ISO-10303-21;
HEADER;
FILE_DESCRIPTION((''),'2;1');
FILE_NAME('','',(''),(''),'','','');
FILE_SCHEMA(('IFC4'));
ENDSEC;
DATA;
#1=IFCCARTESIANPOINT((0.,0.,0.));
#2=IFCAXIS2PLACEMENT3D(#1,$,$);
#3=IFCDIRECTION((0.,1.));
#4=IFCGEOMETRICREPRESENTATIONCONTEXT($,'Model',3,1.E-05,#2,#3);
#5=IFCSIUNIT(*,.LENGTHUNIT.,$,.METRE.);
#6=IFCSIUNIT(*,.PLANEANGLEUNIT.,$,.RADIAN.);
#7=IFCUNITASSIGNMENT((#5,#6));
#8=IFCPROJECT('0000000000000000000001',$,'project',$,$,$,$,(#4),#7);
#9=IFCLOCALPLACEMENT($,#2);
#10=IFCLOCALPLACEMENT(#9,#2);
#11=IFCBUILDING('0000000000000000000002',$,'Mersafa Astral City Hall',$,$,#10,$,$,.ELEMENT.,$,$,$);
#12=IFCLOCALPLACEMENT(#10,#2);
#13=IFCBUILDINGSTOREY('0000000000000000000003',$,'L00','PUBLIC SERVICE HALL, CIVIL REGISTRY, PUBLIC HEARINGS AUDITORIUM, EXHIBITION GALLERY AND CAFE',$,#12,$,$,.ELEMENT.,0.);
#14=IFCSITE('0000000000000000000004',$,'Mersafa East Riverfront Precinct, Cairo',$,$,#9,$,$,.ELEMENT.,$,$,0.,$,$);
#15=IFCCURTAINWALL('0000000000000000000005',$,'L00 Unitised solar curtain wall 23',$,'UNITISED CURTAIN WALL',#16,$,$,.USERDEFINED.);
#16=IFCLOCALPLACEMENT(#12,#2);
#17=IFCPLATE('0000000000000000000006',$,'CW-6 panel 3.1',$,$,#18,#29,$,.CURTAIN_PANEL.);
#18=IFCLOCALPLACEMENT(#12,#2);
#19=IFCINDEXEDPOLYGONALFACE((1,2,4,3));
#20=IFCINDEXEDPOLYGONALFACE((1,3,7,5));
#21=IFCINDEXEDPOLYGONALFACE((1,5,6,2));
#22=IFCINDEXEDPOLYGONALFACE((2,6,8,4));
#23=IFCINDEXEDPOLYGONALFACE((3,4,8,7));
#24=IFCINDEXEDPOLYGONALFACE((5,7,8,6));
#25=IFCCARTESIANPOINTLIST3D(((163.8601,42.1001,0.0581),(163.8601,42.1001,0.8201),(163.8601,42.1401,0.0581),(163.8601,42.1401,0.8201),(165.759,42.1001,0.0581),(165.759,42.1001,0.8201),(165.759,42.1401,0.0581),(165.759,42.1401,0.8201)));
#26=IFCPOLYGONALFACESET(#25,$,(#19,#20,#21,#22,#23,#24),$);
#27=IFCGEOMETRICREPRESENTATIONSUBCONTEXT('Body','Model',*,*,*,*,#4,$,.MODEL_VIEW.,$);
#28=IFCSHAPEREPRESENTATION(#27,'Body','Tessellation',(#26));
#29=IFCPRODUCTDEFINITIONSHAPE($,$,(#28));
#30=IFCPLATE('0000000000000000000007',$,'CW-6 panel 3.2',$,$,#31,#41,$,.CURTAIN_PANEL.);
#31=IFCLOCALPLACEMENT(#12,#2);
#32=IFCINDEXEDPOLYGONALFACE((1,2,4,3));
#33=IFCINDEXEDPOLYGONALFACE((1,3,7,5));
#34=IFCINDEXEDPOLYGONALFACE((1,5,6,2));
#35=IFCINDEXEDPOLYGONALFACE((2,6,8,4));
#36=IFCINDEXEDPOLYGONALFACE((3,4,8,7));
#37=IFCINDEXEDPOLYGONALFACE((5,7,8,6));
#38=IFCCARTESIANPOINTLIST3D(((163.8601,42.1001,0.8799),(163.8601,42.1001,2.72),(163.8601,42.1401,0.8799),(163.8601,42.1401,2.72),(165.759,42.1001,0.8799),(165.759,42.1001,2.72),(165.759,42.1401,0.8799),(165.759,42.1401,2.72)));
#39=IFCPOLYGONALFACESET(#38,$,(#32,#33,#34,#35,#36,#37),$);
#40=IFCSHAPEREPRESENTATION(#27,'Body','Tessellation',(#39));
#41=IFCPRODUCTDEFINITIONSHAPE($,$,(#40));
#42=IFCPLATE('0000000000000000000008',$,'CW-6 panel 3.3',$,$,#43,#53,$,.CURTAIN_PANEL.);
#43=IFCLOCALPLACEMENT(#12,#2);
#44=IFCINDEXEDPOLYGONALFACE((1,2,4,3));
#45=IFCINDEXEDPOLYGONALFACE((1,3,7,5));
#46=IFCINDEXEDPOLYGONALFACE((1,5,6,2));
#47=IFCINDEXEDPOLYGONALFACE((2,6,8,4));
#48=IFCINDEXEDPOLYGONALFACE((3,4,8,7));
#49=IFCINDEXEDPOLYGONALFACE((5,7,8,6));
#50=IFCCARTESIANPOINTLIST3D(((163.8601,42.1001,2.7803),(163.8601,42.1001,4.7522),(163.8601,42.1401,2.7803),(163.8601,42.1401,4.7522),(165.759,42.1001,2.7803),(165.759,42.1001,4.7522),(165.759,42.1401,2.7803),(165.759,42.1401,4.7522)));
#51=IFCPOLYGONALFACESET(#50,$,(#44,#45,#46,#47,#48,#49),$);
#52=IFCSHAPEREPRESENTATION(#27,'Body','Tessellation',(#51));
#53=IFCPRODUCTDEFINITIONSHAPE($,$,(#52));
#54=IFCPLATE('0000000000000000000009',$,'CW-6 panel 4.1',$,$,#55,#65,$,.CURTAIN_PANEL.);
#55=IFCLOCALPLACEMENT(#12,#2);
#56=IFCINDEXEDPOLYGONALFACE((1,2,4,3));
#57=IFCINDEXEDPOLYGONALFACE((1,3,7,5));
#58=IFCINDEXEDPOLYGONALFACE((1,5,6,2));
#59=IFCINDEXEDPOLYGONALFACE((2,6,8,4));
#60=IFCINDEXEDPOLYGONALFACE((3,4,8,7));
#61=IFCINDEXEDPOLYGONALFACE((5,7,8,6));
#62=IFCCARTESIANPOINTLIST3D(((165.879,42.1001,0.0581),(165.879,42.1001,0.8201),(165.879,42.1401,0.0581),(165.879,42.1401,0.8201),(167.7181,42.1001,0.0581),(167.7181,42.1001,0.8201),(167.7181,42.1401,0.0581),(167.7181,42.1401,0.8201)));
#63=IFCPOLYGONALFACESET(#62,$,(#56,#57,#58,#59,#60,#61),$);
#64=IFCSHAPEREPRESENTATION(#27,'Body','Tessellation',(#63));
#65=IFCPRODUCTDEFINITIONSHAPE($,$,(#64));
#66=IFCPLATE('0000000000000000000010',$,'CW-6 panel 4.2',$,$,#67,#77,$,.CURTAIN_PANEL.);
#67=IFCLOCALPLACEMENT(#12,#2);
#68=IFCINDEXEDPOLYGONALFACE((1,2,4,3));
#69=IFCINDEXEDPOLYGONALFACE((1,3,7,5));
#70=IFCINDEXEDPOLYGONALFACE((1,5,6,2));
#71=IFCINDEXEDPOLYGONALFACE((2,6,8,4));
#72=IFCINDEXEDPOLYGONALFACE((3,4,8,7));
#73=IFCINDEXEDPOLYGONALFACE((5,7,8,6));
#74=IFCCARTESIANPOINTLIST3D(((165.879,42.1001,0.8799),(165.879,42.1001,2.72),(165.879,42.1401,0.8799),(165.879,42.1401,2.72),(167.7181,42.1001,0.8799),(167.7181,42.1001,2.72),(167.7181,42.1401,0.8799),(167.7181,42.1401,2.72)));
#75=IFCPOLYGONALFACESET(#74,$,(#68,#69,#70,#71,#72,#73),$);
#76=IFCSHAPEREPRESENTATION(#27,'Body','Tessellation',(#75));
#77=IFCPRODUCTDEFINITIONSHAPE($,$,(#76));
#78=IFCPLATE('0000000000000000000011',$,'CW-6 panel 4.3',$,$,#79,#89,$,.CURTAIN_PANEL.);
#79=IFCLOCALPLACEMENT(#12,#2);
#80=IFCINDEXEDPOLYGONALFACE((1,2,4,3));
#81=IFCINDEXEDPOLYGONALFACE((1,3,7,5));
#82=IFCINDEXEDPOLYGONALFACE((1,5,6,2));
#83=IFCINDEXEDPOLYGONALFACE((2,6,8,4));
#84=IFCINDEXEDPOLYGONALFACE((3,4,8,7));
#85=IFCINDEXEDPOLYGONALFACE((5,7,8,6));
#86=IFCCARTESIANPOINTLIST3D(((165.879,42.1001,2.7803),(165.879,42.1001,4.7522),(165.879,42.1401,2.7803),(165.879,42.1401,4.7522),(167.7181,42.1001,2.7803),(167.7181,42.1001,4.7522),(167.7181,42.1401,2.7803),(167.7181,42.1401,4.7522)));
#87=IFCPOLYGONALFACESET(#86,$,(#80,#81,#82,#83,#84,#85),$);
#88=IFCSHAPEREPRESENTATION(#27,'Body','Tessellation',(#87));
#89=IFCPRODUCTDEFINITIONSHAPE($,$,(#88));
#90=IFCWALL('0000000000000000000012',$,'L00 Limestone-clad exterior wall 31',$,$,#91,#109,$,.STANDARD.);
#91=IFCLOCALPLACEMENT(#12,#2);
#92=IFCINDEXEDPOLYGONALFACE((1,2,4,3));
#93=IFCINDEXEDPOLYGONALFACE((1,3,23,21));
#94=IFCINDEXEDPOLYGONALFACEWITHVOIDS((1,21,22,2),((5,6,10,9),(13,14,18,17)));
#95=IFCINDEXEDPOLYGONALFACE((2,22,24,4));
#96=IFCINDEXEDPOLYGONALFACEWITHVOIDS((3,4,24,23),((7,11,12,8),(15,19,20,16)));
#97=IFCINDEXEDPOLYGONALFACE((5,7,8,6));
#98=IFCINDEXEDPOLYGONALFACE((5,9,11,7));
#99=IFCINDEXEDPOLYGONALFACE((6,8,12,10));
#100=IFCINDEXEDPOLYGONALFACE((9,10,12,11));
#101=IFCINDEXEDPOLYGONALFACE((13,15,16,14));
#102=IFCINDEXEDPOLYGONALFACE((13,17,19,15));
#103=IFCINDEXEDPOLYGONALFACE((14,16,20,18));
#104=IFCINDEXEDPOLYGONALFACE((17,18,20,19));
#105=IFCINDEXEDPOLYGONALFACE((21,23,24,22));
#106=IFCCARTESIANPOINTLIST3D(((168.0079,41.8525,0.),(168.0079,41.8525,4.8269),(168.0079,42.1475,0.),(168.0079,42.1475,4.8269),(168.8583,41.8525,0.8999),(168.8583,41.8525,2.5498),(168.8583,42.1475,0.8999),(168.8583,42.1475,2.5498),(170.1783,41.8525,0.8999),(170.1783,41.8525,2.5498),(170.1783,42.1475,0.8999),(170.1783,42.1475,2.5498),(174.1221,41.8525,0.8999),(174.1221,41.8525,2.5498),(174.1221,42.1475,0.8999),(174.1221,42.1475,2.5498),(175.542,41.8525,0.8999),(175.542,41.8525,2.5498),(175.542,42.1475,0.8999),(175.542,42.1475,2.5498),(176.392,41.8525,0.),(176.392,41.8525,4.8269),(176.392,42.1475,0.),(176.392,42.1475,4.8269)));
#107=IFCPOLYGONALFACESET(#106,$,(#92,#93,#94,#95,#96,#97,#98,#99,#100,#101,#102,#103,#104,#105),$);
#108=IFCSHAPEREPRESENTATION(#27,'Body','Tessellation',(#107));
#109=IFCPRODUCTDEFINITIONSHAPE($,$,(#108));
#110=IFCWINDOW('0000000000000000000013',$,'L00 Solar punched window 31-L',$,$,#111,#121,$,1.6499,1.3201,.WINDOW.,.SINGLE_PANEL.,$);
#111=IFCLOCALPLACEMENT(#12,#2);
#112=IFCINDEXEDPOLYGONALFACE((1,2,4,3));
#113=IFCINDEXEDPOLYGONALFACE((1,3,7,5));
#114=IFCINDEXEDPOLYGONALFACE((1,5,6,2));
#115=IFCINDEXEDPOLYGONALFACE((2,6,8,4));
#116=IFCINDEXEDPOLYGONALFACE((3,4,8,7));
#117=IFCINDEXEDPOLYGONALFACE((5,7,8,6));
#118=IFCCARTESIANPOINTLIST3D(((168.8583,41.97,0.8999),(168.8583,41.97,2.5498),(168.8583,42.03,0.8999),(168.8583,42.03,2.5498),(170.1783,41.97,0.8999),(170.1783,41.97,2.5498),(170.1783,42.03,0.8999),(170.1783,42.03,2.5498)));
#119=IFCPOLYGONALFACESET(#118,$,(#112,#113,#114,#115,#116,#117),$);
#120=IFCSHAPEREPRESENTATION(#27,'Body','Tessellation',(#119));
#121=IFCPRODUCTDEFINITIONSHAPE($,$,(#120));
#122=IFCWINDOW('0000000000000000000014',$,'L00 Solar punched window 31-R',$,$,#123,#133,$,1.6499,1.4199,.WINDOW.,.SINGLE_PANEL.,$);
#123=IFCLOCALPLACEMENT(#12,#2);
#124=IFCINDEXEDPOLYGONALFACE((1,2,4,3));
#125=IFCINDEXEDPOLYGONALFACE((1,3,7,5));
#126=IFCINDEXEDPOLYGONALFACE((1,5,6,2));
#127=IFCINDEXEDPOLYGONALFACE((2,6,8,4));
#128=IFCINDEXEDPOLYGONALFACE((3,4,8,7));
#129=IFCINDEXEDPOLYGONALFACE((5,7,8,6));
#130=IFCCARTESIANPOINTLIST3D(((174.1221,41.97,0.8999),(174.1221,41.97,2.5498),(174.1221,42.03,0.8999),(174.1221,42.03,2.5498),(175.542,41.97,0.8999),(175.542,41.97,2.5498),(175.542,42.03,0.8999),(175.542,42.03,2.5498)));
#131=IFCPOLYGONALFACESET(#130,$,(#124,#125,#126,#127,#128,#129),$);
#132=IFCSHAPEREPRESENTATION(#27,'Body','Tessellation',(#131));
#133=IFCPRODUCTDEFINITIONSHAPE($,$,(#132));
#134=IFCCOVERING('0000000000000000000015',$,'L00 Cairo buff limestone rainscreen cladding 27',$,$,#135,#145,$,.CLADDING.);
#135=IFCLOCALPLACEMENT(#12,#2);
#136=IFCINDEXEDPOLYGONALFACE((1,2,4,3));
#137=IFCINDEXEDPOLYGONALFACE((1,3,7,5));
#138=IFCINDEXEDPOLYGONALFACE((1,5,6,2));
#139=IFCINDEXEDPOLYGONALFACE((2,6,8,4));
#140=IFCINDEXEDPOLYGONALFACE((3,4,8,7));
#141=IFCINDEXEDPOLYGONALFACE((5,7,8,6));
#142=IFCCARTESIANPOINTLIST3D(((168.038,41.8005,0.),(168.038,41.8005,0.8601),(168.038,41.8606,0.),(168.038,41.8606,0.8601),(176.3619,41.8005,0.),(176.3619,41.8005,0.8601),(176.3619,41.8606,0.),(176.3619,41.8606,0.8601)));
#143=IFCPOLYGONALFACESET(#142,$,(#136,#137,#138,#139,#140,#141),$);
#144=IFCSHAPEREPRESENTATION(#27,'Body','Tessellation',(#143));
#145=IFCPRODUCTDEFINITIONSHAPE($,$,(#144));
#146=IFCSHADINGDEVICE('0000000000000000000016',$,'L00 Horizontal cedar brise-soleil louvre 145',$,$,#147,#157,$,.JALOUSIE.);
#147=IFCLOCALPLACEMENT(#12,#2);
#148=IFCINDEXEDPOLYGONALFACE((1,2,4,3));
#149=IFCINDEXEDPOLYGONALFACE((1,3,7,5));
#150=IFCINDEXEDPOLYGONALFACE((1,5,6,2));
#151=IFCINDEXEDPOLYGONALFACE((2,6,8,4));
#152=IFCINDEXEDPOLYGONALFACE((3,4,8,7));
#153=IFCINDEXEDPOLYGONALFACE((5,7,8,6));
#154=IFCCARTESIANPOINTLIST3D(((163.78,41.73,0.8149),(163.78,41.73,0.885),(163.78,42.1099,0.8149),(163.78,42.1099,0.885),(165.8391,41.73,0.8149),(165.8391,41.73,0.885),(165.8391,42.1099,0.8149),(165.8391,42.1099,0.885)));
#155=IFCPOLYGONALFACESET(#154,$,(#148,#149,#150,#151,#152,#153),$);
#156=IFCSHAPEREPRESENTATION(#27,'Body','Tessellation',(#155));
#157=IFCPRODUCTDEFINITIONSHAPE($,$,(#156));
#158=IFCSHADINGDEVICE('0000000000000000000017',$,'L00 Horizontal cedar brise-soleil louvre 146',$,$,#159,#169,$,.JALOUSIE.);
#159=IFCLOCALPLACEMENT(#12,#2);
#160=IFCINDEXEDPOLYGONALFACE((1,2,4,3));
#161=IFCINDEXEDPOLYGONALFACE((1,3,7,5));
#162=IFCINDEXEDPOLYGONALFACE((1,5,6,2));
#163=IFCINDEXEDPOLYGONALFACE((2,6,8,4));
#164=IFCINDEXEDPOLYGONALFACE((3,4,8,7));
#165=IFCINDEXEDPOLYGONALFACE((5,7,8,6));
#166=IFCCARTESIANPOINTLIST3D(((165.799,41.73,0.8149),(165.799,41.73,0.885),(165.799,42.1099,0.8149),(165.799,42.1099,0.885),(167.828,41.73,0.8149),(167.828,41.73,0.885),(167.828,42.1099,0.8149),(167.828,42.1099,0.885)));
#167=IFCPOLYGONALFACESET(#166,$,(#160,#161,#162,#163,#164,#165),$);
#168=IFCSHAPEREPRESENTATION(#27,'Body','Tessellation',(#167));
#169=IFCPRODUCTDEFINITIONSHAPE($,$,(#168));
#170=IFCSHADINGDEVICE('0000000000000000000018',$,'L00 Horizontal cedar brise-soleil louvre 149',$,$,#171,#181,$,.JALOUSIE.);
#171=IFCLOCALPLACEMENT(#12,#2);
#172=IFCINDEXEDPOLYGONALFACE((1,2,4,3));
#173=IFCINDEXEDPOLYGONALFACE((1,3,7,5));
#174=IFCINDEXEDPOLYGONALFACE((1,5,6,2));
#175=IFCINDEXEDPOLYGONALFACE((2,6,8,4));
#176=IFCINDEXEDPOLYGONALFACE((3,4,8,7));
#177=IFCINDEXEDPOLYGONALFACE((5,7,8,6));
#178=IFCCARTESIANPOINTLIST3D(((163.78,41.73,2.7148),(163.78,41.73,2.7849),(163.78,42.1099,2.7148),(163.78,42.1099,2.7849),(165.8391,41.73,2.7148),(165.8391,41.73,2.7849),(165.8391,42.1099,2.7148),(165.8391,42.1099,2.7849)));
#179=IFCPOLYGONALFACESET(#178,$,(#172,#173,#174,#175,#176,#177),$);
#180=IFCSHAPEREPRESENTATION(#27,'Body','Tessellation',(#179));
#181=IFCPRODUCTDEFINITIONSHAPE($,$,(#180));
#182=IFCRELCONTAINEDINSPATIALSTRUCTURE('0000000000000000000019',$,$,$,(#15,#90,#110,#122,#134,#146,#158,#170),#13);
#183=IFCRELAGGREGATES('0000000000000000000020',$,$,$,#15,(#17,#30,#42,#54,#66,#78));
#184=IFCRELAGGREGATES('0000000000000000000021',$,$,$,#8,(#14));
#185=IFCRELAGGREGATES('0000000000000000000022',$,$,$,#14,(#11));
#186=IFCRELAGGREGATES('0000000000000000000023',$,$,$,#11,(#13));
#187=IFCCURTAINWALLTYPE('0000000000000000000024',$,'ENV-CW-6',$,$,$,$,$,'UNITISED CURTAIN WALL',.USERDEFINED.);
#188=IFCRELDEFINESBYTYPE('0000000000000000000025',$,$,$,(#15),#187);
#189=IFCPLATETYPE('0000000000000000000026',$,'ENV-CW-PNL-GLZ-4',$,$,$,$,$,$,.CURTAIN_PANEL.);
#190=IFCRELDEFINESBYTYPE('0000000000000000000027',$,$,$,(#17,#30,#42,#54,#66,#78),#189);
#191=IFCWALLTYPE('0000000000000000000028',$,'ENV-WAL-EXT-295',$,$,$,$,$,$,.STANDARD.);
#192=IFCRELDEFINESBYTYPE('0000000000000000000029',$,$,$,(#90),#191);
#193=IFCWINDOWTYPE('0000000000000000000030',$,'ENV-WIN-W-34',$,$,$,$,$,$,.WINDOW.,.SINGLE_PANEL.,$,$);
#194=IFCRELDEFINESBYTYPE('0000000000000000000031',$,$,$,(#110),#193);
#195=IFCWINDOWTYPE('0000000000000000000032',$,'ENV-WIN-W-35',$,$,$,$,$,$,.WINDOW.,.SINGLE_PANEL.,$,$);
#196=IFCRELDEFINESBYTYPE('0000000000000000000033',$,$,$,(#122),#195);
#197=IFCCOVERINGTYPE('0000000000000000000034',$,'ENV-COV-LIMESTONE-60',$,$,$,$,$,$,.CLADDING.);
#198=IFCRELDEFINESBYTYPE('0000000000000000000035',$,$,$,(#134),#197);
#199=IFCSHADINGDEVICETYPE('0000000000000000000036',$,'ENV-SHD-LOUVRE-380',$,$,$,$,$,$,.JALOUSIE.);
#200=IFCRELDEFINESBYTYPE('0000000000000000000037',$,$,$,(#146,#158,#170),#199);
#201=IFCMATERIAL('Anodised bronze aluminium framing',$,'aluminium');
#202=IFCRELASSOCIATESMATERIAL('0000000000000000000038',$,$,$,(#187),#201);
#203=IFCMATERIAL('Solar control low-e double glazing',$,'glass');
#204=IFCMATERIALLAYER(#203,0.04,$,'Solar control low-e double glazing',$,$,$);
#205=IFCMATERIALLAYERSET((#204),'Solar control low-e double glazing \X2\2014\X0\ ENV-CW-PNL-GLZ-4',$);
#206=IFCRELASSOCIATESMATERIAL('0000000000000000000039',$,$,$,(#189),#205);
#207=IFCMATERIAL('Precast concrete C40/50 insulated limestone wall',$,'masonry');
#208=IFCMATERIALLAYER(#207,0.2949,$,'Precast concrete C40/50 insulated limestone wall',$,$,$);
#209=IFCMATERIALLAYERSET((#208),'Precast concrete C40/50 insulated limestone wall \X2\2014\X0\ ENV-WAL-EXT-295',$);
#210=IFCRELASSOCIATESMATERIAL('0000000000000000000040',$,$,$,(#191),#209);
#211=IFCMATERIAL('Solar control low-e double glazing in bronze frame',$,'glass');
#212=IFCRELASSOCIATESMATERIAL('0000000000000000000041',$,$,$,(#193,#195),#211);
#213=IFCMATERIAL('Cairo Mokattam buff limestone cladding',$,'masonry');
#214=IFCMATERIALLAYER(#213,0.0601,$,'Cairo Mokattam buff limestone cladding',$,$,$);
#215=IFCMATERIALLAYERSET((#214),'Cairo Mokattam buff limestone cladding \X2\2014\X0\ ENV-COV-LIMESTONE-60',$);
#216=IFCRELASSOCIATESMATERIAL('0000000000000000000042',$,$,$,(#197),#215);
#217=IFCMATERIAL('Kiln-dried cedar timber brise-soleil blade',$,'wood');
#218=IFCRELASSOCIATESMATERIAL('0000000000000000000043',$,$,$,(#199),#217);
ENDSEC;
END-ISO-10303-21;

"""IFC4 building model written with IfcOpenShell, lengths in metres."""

from ifc_helpers import new_model, si_unit, direction, frame, frame_2d, origin, origin_2d, place, context, subcontext, project, spatial, rectangle, extrude, material, layer, layer_set, type_object, element, fill, aggregate, save


model = new_model("IFC4")

# Units and contexts
model_context = context("Model", 3, precision=1e-05, world=origin(), true_north=direction((0.0, 1.0)))
body_context = subcontext(model_context, "Body", "Model", "MODEL_VIEW")
ifc_project = project(units=[si_unit("LENGTHUNIT", "METRE"), si_unit("PLANEANGLEUNIT", "RADIAN")], contexts=[model_context])

# Site, building, storey
site_placement = place(None, origin())
site = spatial("IfcSite", under=ifc_project, at=site_placement, Name="Mersafa East Riverfront Precinct, Cairo", CompositionType="ELEMENT", RefElevation=0.0)
building_placement = place(site_placement, origin())
building = spatial("IfcBuilding", under=site, at=building_placement, Name="Mersafa Astral City Hall", CompositionType="ELEMENT")
storey_placement = place(building_placement, origin())
storey = spatial("IfcBuildingStorey", under=building, at=storey_placement, Name="L00", Description="PUBLIC SERVICE HALL, CIVIL REGISTRY, PUBLIC HEARINGS AUDITORIUM, EXHIBITION GALLERY AND CAFE", CompositionType="ELEMENT", Elevation=0.0)

# Curtain wall
ifc_material_1 = material(Name="Anodised bronze aluminium framing", Category="aluminium")
curtain_wall_type = type_object("IfcCurtainWallType", Name="ENV-CW-6", ElementType="UNITISED CURTAIN WALL", PredefinedType="USERDEFINED", material=ifc_material_1)
curtain_wall_placement = place(storey_placement, origin())
curtain_wall = element("IfcCurtainWall", 1, at=curtain_wall_placement, inside=storey, type_object=curtain_wall_type, Name="L00 Unitised solar curtain wall 23", ObjectType="UNITISED CURTAIN WALL", PredefinedType="USERDEFINED")

# Plates
ifc_material_2 = material(Name="Solar control low-e double glazing", Category="glass")
ifc_layer_1 = layer(ifc_material_2, 0.04, Name="Solar control low-e double glazing")
ifc_layer_set_1 = layer_set([ifc_layer_1], Name="Solar control low-e double glazing — ENV-CW-PNL-GLZ-4")
plate_type = type_object("IfcPlateType", Name="ENV-CW-PNL-GLZ-4", PredefinedType="CURTAIN_PANEL", material=ifc_layer_set_1)
plate_1_placement = place(storey_placement, frame((164.8096, 42.1201, 0.0581), z_axis=(0.0, 0.0, 1.0), x_axis=(1.0, 0.0, 0.0)))
plate_1 = element("IfcPlate", 2, at=plate_1_placement, type_object=plate_type, Name="CW-6 panel 3.1", PredefinedType="CURTAIN_PANEL", context=body_context, shape_type="SweptSolid", body=[
    extrude(rectangle(XDim=1.8989, YDim=0.04, at=origin_2d()), origin(), (0.0, 0.0, 1.0), 0.762),
])
plate_2_placement = place(storey_placement, frame((164.8096, 42.1201, 0.8799), z_axis=(0.0, 0.0, 1.0), x_axis=(1.0, 0.0, 0.0)))
plate_2 = element("IfcPlate", 3, at=plate_2_placement, type_object=plate_type, Name="CW-6 panel 3.2", PredefinedType="CURTAIN_PANEL", context=body_context, shape_type="SweptSolid", body=[
    extrude(rectangle(XDim=1.8989, YDim=0.04, at=origin_2d()), origin(), (0.0, 0.0, 1.0), 1.8401),
])
plate_3_placement = place(storey_placement, frame((164.8096, 42.1201, 2.7803), z_axis=(0.0, 0.0, 1.0), x_axis=(1.0, 0.0, 0.0)))
plate_3 = element("IfcPlate", 4, at=plate_3_placement, type_object=plate_type, Name="CW-6 panel 3.3", PredefinedType="CURTAIN_PANEL", context=body_context, shape_type="SweptSolid", body=[
    extrude(rectangle(XDim=1.8989, YDim=0.04, at=origin_2d()), origin(), (0.0, 0.0, 1.0), 1.9719),
])
plate_4_placement = place(storey_placement, frame((166.7986, 42.1201, 0.0581), z_axis=(0.0, 0.0, 1.0), x_axis=(1.0, 0.0, 0.0)))
plate_4 = element("IfcPlate", 5, at=plate_4_placement, type_object=plate_type, Name="CW-6 panel 4.1", PredefinedType="CURTAIN_PANEL", context=body_context, shape_type="SweptSolid", body=[
    extrude(rectangle(XDim=1.8391, YDim=0.04, at=origin_2d()), origin(), (0.0, 0.0, 1.0), 0.762),
])
plate_5_placement = place(storey_placement, frame((166.7986, 42.1201, 0.8799), z_axis=(0.0, 0.0, 1.0), x_axis=(1.0, 0.0, 0.0)))
plate_5 = element("IfcPlate", 6, at=plate_5_placement, type_object=plate_type, Name="CW-6 panel 4.2", PredefinedType="CURTAIN_PANEL", context=body_context, shape_type="SweptSolid", body=[
    extrude(rectangle(XDim=1.8391, YDim=0.04, at=origin_2d()), origin(), (0.0, 0.0, 1.0), 1.8401),
])
plate_6_placement = place(storey_placement, frame((166.7986, 42.1201, 2.7803), z_axis=(0.0, 0.0, 1.0), x_axis=(1.0, 0.0, 0.0)))
plate_6 = element("IfcPlate", 7, at=plate_6_placement, type_object=plate_type, Name="CW-6 panel 4.3", PredefinedType="CURTAIN_PANEL", context=body_context, shape_type="SweptSolid", body=[
    extrude(rectangle(XDim=1.8391, YDim=0.04, at=origin_2d()), origin(), (0.0, 0.0, 1.0), 1.9719),
])
aggregate(curtain_wall, [plate_1, plate_2, plate_3, plate_4, plate_5, plate_6])

# Wall, openings, windows
ifc_material_3 = material(Name="Precast concrete C40/50 insulated limestone wall", Category="masonry")
ifc_layer_2 = layer(ifc_material_3, 0.2949, Name="Precast concrete C40/50 insulated limestone wall")
ifc_layer_set_2 = layer_set([ifc_layer_2], Name="Precast concrete C40/50 insulated limestone wall — ENV-WAL-EXT-295")
wall_type = type_object("IfcWallType", Name="ENV-WAL-EXT-295", PredefinedType="STANDARD", material=ifc_layer_set_2)
wall_placement = place(storey_placement, frame((168.0081, 42.0, 0.0), z_axis=(0.0, 0.0, 1.0), x_axis=(1.0, 0.0, 0.0)))
wall = element("IfcWall", 8, at=wall_placement, inside=storey, type_object=wall_type, Name="L00 Limestone-clad exterior wall 31", PredefinedType="STANDARD", context=body_context, shape_type="SweptSolid", body=[
    extrude(rectangle(XDim=8.384, YDim=0.2949, at=frame_2d((4.1919, 0.0))), origin(), (0.0, 0.0, 1.0), 4.8269),
])
opening_1_placement = place(wall_placement, frame((0.8501, 0.0, 0.8999)))
opening_1 = element("IfcOpeningElement", 9, at=opening_1_placement, cuts=wall, PredefinedType="OPENING", context=body_context, shape_type="SweptSolid", body=[
    extrude(rectangle(XDim=1.3201, YDim=1.6499, at=frame_2d((0.6602, 0.825))), frame((0.0, 0.1575, 0.0), z_axis=(0.0, -1.0, 0.0), x_axis=(1.0, 0.0, 0.0)), (0.0, 0.0, 1.0), 0.3149),
])
opening_2_placement = place(wall_placement, frame((6.114, 0.0, 0.8999)))
opening_2 = element("IfcOpeningElement", 10, at=opening_2_placement, cuts=wall, PredefinedType="OPENING", context=body_context, shape_type="SweptSolid", body=[
    extrude(rectangle(XDim=1.4199, YDim=1.6499, at=frame_2d((0.71, 0.825))), frame((0.0, 0.1575, 0.0), z_axis=(0.0, -1.0, 0.0), x_axis=(1.0, 0.0, 0.0)), (0.0, 0.0, 1.0), 0.3149),
])
ifc_material_4 = material(Name="Solar control low-e double glazing in bronze frame", Category="glass")
window_type_1 = type_object("IfcWindowType", Name="ENV-WIN-W-34", PartitioningType="SINGLE_PANEL", PredefinedType="WINDOW", material=ifc_material_4)
window_1_placement = place(opening_1_placement, origin())
window_1 = element("IfcWindow", 11, at=window_1_placement, inside=storey, type_object=window_type_1, Name="L00 Solar punched window 31-L", OverallHeight=1.6499, OverallWidth=1.3201, PartitioningType="SINGLE_PANEL", PredefinedType="WINDOW", context=body_context, shape_type="SweptSolid", body=[
    extrude(rectangle(XDim=1.3201, YDim=1.6499, at=frame_2d((0.6602, 0.825))), frame((0.0, 0.03, 0.0), z_axis=(0.0, -1.0, 0.0), x_axis=(1.0, 0.0, 0.0)), (0.0, 0.0, 1.0), 0.0601),
])
fill(opening_1, window_1)
window_type_2 = type_object("IfcWindowType", Name="ENV-WIN-W-35", PartitioningType="SINGLE_PANEL", PredefinedType="WINDOW", material=ifc_material_4)
window_2_placement = place(opening_2_placement, origin())
window_2 = element("IfcWindow", 12, at=window_2_placement, inside=storey, type_object=window_type_2, Name="L00 Solar punched window 31-R", OverallHeight=1.6499, OverallWidth=1.4199, PartitioningType="SINGLE_PANEL", PredefinedType="WINDOW", context=body_context, shape_type="SweptSolid", body=[
    extrude(rectangle(XDim=1.4199, YDim=1.6499, at=frame_2d((0.71, 0.825))), frame((0.0, 0.03, 0.0), z_axis=(0.0, -1.0, 0.0), x_axis=(1.0, 0.0, 0.0)), (0.0, 0.0, 1.0), 0.0601),
])
fill(opening_2, window_2)

# Covering
ifc_material_5 = material(Name="Cairo Mokattam buff limestone cladding", Category="masonry")
ifc_layer_3 = layer(ifc_material_5, 0.0601, Name="Cairo Mokattam buff limestone cladding")
ifc_layer_set_3 = layer_set([ifc_layer_3], Name="Cairo Mokattam buff limestone cladding — ENV-COV-LIMESTONE-60")
covering_type = type_object("IfcCoveringType", Name="ENV-COV-LIMESTONE-60", PredefinedType="CLADDING", material=ifc_layer_set_3)
covering_placement = place(storey_placement, frame((172.2, 41.8306, 0.0), z_axis=(0.0, 0.0, 1.0), x_axis=(1.0, 0.0, 0.0)))
element("IfcCovering", 13, at=covering_placement, inside=storey, type_object=covering_type, Name="L00 Cairo buff limestone rainscreen cladding 27", PredefinedType="CLADDING", context=body_context, shape_type="SweptSolid", body=[
    extrude(rectangle(XDim=8.324, YDim=0.0601, at=origin_2d()), origin(), (0.0, 0.0, 1.0), 0.8601),
])

# Shading devices
ifc_material_6 = material(Name="Kiln-dried cedar timber brise-soleil blade", Category="wood")
shading_device_type = type_object("IfcShadingDeviceType", Name="ENV-SHD-LOUVRE-380", PredefinedType="JALOUSIE", material=ifc_material_6)
shading_device_1_placement = place(storey_placement, frame((164.8096, 41.9199, 0.8149), z_axis=(0.0, 0.0, 1.0), x_axis=(1.0, 0.0, 0.0)))
element("IfcShadingDevice", 14, at=shading_device_1_placement, inside=storey, type_object=shading_device_type, Name="L00 Horizontal cedar brise-soleil louvre 145", PredefinedType="JALOUSIE", context=body_context, shape_type="SweptSolid", body=[
    extrude(rectangle(XDim=2.0591, YDim=0.3799, at=origin_2d()), origin(), (0.0, 0.0, 1.0), 0.0701),
])
shading_device_2_placement = place(storey_placement, frame((166.8135, 41.9199, 0.8149), z_axis=(0.0, 0.0, 1.0), x_axis=(1.0, 0.0, 0.0)))
element("IfcShadingDevice", 15, at=shading_device_2_placement, inside=storey, type_object=shading_device_type, Name="L00 Horizontal cedar brise-soleil louvre 146", PredefinedType="JALOUSIE", context=body_context, shape_type="SweptSolid", body=[
    extrude(rectangle(XDim=2.0291, YDim=0.3799, at=origin_2d()), origin(), (0.0, 0.0, 1.0), 0.0701),
])
shading_device_3_placement = place(storey_placement, frame((164.8096, 41.9199, 2.7148), z_axis=(0.0, 0.0, 1.0), x_axis=(1.0, 0.0, 0.0)))
element("IfcShadingDevice", 16, at=shading_device_3_placement, inside=storey, type_object=shading_device_type, Name="L00 Horizontal cedar brise-soleil louvre 149", PredefinedType="JALOUSIE", context=body_context, shape_type="SweptSolid", body=[
    extrude(rectangle(XDim=2.0591, YDim=0.3799, at=origin_2d()), origin(), (0.0, 0.0, 1.0), 0.0701),
])

save(model, "model.ifc")
